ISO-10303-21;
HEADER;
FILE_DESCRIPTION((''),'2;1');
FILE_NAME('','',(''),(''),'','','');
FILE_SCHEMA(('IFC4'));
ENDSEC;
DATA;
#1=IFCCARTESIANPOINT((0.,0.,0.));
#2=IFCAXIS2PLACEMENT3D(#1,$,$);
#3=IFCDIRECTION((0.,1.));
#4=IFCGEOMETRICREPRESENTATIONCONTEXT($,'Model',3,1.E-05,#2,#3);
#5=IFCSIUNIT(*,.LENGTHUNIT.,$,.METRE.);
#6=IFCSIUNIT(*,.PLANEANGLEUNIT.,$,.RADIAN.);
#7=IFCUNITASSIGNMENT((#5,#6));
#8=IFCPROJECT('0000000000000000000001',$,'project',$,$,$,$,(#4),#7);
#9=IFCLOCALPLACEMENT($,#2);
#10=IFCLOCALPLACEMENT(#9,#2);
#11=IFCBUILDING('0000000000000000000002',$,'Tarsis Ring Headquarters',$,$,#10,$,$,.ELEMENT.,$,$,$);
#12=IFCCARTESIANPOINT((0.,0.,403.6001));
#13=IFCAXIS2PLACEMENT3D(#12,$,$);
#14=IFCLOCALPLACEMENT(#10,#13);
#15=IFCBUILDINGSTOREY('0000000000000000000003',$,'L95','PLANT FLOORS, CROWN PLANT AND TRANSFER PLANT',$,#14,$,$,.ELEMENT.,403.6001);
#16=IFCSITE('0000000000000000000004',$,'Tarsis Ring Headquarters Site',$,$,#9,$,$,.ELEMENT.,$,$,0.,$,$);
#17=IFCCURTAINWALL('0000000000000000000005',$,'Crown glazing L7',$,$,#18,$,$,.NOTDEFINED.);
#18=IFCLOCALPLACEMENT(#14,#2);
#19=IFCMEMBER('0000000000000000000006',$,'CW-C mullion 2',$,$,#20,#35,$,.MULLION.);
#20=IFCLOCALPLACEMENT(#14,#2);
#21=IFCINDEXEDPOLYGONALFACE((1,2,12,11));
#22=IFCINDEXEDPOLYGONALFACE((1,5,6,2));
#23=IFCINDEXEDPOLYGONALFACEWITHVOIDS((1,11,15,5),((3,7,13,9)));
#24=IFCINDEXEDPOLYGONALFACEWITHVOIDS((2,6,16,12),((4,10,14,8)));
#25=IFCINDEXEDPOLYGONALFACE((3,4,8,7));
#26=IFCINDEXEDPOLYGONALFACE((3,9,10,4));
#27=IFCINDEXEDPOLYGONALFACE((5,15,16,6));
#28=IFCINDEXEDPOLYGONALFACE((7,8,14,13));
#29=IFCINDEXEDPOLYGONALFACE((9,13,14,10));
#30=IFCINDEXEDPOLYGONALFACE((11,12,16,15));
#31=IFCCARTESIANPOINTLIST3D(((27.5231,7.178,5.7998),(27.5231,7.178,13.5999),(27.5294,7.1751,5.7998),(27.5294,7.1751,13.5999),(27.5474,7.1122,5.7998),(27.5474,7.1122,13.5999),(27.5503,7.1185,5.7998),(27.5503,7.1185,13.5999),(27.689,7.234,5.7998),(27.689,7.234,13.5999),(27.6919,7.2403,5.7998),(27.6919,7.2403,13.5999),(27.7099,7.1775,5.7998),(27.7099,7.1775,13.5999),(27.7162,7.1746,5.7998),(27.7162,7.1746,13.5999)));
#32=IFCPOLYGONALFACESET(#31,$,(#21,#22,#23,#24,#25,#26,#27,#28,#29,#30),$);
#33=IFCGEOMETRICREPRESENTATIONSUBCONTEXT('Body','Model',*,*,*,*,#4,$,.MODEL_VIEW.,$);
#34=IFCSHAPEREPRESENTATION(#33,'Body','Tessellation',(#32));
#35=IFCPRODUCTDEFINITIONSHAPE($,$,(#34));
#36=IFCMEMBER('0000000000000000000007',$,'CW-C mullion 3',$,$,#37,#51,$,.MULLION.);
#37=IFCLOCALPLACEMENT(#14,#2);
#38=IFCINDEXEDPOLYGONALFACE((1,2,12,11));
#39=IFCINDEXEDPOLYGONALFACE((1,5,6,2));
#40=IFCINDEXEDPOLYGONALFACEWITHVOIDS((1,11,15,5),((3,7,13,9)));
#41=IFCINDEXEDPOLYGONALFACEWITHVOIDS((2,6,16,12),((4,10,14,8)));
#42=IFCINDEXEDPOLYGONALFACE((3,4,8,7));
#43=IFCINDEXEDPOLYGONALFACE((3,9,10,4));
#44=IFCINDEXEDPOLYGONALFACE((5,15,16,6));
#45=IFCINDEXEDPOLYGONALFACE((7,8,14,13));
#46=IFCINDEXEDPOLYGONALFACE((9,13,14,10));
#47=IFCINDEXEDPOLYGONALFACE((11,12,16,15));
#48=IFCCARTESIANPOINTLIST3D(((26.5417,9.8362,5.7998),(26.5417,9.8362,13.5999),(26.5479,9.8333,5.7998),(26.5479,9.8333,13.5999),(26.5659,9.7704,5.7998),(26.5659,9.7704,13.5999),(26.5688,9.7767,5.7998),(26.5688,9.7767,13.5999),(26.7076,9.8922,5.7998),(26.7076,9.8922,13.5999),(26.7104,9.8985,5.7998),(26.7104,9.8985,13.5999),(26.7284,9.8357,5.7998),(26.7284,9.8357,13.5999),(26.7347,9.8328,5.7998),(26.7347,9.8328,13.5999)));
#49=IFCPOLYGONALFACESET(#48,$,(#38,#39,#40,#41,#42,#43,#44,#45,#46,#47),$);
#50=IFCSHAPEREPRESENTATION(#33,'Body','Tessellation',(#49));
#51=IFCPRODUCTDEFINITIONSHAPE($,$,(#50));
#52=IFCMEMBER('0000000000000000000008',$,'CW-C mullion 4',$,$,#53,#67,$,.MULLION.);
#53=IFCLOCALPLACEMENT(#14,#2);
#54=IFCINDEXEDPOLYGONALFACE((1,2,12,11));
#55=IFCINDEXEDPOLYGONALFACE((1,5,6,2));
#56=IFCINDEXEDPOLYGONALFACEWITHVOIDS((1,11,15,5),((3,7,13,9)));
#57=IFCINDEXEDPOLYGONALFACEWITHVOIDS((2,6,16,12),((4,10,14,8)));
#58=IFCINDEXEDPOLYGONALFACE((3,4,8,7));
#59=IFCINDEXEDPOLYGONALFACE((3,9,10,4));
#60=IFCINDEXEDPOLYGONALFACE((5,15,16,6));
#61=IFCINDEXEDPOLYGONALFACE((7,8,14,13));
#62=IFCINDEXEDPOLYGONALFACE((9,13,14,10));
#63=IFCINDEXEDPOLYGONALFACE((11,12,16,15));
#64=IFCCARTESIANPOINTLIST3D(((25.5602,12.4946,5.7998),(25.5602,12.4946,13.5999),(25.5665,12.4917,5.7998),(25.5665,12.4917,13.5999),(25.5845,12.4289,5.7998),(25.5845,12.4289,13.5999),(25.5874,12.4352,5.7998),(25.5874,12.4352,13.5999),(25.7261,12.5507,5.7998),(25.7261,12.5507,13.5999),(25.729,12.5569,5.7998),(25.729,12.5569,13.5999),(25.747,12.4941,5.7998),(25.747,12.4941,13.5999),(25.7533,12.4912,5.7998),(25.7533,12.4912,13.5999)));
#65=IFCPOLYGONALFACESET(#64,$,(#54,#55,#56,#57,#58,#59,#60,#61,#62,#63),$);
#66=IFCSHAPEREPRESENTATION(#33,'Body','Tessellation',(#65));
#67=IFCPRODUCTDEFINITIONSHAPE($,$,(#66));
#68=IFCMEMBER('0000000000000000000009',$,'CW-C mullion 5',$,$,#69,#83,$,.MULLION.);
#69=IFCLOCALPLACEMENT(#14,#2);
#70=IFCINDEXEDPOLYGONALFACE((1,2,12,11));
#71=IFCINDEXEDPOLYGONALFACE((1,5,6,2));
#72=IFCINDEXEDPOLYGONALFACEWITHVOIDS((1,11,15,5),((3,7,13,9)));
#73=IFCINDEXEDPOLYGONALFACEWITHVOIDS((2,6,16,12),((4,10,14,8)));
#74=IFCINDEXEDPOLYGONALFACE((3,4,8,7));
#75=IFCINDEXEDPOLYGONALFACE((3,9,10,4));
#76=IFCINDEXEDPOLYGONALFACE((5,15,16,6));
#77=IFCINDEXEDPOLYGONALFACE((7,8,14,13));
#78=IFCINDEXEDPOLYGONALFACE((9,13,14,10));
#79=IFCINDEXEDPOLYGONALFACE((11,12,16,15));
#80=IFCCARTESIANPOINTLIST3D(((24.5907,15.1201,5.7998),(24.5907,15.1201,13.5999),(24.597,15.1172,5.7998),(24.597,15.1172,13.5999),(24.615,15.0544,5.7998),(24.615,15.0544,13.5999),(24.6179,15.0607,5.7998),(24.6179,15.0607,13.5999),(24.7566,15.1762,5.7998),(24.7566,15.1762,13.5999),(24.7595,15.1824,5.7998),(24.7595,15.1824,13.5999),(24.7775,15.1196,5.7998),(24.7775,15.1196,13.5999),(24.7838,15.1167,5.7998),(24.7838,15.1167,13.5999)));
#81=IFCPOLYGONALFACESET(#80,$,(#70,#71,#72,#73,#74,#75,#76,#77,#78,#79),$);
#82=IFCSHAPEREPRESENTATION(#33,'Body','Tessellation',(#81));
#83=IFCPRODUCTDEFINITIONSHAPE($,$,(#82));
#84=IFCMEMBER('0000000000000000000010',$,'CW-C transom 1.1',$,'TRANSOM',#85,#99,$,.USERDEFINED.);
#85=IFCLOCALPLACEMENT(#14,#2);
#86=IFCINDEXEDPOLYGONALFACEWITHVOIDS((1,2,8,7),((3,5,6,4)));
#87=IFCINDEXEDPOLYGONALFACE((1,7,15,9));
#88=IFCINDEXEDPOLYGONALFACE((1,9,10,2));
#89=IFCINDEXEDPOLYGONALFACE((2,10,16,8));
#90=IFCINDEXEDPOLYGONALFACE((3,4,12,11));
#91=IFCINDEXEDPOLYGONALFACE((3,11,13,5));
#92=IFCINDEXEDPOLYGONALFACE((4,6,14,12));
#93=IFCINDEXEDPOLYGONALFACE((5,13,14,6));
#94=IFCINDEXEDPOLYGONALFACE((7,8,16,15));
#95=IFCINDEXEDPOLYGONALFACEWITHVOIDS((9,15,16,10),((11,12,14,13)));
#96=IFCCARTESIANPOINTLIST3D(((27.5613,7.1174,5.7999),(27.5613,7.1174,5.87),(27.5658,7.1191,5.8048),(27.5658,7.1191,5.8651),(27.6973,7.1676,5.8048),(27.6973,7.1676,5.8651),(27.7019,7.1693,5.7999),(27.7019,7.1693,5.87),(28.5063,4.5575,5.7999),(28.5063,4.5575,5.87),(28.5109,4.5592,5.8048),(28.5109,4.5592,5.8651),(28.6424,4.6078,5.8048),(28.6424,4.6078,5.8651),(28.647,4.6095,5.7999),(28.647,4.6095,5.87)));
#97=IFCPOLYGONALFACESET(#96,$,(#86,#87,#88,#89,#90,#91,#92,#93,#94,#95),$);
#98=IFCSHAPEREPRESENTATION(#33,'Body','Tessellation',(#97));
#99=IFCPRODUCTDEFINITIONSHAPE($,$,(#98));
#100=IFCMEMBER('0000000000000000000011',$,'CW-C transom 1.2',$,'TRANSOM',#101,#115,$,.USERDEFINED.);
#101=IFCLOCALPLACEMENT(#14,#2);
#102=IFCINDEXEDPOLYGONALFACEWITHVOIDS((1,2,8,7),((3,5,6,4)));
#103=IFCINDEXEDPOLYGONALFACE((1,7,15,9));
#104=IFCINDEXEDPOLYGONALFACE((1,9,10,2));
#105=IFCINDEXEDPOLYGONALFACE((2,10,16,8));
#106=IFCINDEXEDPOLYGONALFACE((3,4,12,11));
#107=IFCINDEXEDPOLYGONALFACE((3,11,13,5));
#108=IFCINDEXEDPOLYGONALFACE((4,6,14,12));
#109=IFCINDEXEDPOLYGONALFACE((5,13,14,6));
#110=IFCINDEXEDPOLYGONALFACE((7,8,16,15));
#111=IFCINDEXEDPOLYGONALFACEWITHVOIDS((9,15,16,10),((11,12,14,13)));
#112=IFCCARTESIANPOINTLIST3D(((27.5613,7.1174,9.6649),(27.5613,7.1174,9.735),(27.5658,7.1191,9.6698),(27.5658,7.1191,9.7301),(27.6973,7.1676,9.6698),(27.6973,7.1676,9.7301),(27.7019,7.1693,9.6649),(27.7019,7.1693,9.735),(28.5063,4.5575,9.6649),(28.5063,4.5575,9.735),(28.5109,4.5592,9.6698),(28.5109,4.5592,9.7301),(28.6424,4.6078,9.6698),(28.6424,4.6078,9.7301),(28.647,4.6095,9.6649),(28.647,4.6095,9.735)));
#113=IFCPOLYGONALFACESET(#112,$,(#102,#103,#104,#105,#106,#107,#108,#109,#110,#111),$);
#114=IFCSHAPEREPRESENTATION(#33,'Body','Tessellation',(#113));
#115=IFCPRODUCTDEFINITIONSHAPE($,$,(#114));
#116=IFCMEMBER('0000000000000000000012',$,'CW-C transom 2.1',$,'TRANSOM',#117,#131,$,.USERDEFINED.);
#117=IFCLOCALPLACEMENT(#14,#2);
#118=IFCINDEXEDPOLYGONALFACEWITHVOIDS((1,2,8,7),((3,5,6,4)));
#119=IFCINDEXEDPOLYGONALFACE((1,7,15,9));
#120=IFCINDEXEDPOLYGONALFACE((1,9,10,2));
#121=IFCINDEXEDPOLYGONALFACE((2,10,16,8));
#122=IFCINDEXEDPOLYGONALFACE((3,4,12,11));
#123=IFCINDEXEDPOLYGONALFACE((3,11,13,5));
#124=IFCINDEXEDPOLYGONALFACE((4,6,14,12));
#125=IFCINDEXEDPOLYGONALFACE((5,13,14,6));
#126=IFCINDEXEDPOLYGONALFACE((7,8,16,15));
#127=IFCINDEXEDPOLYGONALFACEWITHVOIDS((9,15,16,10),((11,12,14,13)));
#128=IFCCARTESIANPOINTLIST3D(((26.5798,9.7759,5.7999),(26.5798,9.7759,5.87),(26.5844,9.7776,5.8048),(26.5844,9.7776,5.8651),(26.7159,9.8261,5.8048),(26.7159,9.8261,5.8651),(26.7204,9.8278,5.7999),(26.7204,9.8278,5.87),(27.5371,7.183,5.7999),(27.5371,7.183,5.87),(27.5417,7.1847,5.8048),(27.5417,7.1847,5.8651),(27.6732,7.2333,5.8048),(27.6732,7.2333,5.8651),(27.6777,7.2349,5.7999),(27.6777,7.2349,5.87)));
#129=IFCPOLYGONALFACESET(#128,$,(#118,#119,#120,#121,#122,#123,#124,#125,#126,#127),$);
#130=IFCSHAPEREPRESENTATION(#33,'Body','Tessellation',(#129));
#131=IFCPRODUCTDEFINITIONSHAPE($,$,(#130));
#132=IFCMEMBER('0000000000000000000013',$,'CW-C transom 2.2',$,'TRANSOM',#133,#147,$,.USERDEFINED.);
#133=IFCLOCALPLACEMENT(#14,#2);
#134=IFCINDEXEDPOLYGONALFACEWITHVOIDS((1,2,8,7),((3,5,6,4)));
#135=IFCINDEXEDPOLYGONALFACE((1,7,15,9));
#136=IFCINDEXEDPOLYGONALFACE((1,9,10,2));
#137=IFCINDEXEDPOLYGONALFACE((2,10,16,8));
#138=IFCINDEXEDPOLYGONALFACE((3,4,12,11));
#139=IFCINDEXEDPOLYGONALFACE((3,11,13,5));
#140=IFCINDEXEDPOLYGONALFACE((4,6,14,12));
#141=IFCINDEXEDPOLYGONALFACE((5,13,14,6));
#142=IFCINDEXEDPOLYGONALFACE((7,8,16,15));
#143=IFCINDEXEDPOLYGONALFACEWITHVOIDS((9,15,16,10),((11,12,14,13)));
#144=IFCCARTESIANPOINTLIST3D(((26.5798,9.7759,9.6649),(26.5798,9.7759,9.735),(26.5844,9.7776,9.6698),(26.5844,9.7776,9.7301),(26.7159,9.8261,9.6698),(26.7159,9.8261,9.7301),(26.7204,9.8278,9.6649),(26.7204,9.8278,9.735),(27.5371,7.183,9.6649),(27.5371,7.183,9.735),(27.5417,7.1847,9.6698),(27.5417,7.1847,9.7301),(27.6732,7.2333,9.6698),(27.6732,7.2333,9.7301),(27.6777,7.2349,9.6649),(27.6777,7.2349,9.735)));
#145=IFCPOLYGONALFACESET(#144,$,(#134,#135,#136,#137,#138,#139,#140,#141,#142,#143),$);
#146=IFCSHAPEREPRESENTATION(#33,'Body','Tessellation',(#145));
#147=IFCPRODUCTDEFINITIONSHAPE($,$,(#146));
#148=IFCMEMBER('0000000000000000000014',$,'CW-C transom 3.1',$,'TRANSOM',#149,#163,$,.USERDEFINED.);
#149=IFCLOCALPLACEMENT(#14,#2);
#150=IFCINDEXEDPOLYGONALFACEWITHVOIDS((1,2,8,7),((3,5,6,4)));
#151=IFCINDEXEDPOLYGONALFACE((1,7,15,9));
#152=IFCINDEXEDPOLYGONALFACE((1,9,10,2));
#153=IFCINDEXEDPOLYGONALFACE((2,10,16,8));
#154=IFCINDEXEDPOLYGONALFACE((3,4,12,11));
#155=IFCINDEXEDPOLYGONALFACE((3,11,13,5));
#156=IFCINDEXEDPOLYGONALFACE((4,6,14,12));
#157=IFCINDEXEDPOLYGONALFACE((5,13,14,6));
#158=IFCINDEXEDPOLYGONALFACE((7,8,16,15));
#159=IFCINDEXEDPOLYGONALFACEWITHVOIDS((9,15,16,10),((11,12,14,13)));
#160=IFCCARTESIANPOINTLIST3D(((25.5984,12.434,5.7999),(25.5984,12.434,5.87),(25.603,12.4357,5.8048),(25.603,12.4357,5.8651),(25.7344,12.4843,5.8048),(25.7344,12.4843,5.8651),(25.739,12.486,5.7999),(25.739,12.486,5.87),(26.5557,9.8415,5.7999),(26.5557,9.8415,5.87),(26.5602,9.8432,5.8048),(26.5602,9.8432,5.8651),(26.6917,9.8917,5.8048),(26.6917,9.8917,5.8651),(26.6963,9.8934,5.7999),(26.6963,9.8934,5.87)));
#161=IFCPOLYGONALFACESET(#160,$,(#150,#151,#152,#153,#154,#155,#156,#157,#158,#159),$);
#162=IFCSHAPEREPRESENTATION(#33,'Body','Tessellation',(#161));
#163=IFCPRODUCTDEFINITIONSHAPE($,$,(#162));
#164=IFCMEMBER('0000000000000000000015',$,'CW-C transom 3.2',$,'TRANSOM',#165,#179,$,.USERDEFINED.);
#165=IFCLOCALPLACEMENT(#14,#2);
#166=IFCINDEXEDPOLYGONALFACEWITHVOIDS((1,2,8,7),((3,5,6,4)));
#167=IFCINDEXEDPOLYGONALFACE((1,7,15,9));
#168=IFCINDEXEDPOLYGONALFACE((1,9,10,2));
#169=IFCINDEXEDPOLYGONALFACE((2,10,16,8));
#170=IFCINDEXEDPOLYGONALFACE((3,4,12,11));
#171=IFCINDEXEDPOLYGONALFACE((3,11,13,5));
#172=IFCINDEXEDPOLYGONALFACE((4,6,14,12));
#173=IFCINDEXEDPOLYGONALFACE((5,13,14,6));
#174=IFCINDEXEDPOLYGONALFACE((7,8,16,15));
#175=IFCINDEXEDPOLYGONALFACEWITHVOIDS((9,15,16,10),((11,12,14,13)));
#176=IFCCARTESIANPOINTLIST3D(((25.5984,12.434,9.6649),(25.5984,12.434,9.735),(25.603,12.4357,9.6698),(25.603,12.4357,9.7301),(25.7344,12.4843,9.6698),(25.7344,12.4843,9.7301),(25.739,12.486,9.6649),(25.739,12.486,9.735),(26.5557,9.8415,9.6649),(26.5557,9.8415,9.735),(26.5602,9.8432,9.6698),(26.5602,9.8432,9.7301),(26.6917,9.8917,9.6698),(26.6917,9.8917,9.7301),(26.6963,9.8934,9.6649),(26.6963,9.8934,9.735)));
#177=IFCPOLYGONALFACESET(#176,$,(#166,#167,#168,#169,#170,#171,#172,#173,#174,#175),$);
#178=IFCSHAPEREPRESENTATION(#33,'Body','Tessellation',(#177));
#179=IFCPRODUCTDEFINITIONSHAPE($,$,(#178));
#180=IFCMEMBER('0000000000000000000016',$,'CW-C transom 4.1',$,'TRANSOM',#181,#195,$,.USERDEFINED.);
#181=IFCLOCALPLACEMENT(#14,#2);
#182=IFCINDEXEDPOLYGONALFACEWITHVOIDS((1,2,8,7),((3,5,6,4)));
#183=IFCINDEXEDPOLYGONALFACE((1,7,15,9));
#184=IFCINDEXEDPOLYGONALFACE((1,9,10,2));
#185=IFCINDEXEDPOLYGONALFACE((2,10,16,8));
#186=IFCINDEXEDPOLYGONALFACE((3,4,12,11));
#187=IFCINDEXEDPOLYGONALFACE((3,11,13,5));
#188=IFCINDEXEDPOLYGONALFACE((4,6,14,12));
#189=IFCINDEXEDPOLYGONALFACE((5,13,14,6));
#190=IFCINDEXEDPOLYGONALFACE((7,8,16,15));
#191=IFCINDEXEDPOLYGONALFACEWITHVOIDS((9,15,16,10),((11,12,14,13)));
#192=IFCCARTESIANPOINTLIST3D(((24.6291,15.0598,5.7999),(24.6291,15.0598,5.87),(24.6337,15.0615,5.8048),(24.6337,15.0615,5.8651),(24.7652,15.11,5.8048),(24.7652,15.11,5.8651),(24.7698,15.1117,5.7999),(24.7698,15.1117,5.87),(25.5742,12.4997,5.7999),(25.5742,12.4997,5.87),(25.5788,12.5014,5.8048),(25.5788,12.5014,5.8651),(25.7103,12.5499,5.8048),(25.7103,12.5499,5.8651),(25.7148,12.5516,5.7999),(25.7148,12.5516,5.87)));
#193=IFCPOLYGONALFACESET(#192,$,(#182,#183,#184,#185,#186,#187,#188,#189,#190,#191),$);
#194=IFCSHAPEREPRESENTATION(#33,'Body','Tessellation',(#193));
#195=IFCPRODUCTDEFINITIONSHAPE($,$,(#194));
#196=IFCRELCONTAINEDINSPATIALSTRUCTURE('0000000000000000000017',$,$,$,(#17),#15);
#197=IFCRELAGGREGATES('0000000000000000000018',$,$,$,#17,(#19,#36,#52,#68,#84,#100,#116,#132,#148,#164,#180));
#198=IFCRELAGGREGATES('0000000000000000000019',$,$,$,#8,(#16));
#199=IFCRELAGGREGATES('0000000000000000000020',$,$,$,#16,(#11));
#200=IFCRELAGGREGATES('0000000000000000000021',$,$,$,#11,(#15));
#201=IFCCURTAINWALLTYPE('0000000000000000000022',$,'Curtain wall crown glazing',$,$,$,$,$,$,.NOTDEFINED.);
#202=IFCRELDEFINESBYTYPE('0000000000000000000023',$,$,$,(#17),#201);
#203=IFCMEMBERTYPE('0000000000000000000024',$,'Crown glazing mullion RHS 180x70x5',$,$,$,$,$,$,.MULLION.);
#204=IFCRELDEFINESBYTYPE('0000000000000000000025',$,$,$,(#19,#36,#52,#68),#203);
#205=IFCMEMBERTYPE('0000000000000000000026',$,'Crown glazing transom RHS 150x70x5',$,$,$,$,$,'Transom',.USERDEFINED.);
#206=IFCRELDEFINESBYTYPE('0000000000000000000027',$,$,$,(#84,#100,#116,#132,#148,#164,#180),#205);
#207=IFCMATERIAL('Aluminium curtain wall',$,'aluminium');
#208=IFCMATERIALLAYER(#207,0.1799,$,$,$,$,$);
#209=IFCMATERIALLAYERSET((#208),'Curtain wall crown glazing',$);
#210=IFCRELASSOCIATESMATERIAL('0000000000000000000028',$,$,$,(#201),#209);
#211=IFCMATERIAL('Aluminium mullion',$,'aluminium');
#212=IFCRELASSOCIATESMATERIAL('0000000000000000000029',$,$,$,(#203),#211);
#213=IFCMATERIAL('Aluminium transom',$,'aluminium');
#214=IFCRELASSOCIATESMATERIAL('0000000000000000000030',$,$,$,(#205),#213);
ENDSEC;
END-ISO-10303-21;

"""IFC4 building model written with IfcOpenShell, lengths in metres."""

from ifc_helpers import new_model, si_unit, direction, frame, origin, origin_2d, place, context, subcontext, project, spatial, hollow_rectangle, extrude, material, layer, layer_set, material_profile, profile_set, type_object, element, aggregate, save


model = new_model("IFC4")

# Units and contexts
model_context = context("Model", 3, precision=1e-05, world=origin(), true_north=direction((0.0, 1.0)))
body_context = subcontext(model_context, "Body", "Model", "MODEL_VIEW")
ifc_project = project(units=[si_unit("LENGTHUNIT", "METRE"), si_unit("PLANEANGLEUNIT", "RADIAN")], contexts=[model_context])

# Site, building, storey
site_placement = place(None, origin())
site = spatial("IfcSite", under=ifc_project, at=site_placement, Name="Tarsis Ring Headquarters Site", CompositionType="ELEMENT", RefElevation=0.0)
building_placement = place(site_placement, origin())
building = spatial("IfcBuilding", under=site, at=building_placement, Name="Tarsis Ring Headquarters", CompositionType="ELEMENT")
storey_placement = place(building_placement, frame((0.0, 0.0, 403.6001)))
storey = spatial("IfcBuildingStorey", under=building, at=storey_placement, Name="L95", Description="PLANT FLOORS, CROWN PLANT AND TRANSFER PLANT", CompositionType="ELEMENT", Elevation=403.6001)

# Curtain wall, members
ifc_material_1 = material(Name="Aluminium curtain wall", Category="aluminium")
ifc_layer_1 = layer(ifc_material_1, 0.1799)
ifc_layer_set_1 = layer_set([ifc_layer_1], Name="Curtain wall crown glazing")
curtain_wall_type = type_object("IfcCurtainWallType", Name="Curtain wall crown glazing", PredefinedType="NOTDEFINED", material=ifc_layer_set_1)
curtain_wall_placement = place(storey_placement, origin())
curtain_wall = element("IfcCurtainWall", 1, at=curtain_wall_placement, inside=storey, type_object=curtain_wall_type, Name="Crown glazing L7", PredefinedType="NOTDEFINED")
ifc_material_2 = material(Name="Aluminium mullion", Category="aluminium")
ifc_material_profile_1 = material_profile(ifc_material_2, hollow_rectangle(XDim=0.1799, YDim=0.0701, WallThickness=0.0049, at=origin_2d()), Name="RHS 180x70x5")
ifc_profile_set_1 = profile_set([ifc_material_profile_1], Name="Aluminium mullion")
member_type_1 = type_object("IfcMemberType", Name="Crown glazing mullion RHS 180x70x5", PredefinedType="MULLION", material=ifc_profile_set_1)
member_1_placement = place(storey_placement, frame((27.6196, 7.1763, 5.7998), z_axis=(0.0, 0.0, 1.0), x_axis=(-0.938108, -0.346342, 0.0)))
member_1 = element("IfcMember", 2, at=member_1_placement, type_object=member_type_1, Name="CW-C mullion 2", PredefinedType="MULLION", context=body_context, shape_type="SweptSolid", body=[
    extrude(hollow_rectangle(XDim=0.1799, YDim=0.0701, WallThickness=0.0049, at=origin_2d()), origin(), (0.0, 0.0, 1.0), 7.8),
])
member_2_placement = place(storey_placement, frame((26.6382, 9.8345, 5.7998), z_axis=(0.0, 0.0, 1.0), x_axis=(-0.938108, -0.346342, 0.0)))
member_2 = element("IfcMember", 3, at=member_2_placement, type_object=member_type_1, Name="CW-C mullion 3", PredefinedType="MULLION", context=body_context, shape_type="SweptSolid", body=[
    extrude(hollow_rectangle(XDim=0.1799, YDim=0.0701, WallThickness=0.0049, at=origin_2d()), origin(), (0.0, 0.0, 1.0), 7.8),
])
member_3_placement = place(storey_placement, frame((25.6567, 12.4929, 5.7998), z_axis=(0.0, 0.0, 1.0), x_axis=(-0.938108, -0.346342, 0.0)))
member_3 = element("IfcMember", 4, at=member_3_placement, type_object=member_type_1, Name="CW-C mullion 4", PredefinedType="MULLION", context=body_context, shape_type="SweptSolid", body=[
    extrude(hollow_rectangle(XDim=0.1799, YDim=0.0701, WallThickness=0.0049, at=origin_2d()), origin(), (0.0, 0.0, 1.0), 7.8),
])
member_4_placement = place(storey_placement, frame((24.6873, 15.1184, 5.7998), z_axis=(0.0, 0.0, 1.0), x_axis=(-0.938108, -0.346342, 0.0)))
member_4 = element("IfcMember", 5, at=member_4_placement, type_object=member_type_1, Name="CW-C mullion 5", PredefinedType="MULLION", context=body_context, shape_type="SweptSolid", body=[
    extrude(hollow_rectangle(XDim=0.1799, YDim=0.0701, WallThickness=0.0049, at=origin_2d()), origin(), (0.0, 0.0, 1.0), 7.8),
])
ifc_material_3 = material(Name="Aluminium transom", Category="aluminium")
ifc_material_profile_2 = material_profile(ifc_material_3, hollow_rectangle(XDim=0.1499, YDim=0.0701, WallThickness=0.0049, at=origin_2d()), Name="RHS 150x70x5")
ifc_profile_set_2 = profile_set([ifc_material_profile_2], Name="Aluminium transom")
member_type_2 = type_object("IfcMemberType", Name="Crown glazing transom RHS 150x70x5", ElementType="Transom", PredefinedType="USERDEFINED", material=ifc_profile_set_2)
member_5_placement = place(storey_placement, frame((28.5767, 4.5835, 5.835), z_axis=(-0.346344, 0.938108, 0.0), x_axis=(-0.938108, -0.346344, 0.0)))
member_5 = element("IfcMember", 6, at=member_5_placement, type_object=member_type_2, Name="CW-C transom 1.1", ObjectType="TRANSOM", PredefinedType="USERDEFINED", context=body_context, shape_type="SweptSolid", body=[
    extrude(hollow_rectangle(XDim=0.1499, YDim=0.0701, WallThickness=0.0049, at=origin_2d()), origin(), (0.0, 0.0, 1.0), 2.7288),
])
member_6_placement = place(storey_placement, frame((28.5767, 4.5835, 9.7), z_axis=(-0.346344, 0.938108, 0.0), x_axis=(-0.938108, -0.346344, 0.0)))
member_6 = element("IfcMember", 7, at=member_6_placement, type_object=member_type_2, Name="CW-C transom 1.2", ObjectType="TRANSOM", PredefinedType="USERDEFINED", context=body_context, shape_type="SweptSolid", body=[
    extrude(hollow_rectangle(XDim=0.1499, YDim=0.0701, WallThickness=0.0049, at=origin_2d()), origin(), (0.0, 0.0, 1.0), 2.7288),
])
member_7_placement = place(storey_placement, frame((27.6074, 7.209, 5.835), z_axis=(-0.346356, 0.938103, 0.0), x_axis=(-0.938103, -0.346356, 0.0)))
member_7 = element("IfcMember", 8, at=member_7_placement, type_object=member_type_2, Name="CW-C transom 2.1", ObjectType="TRANSOM", PredefinedType="USERDEFINED", context=body_context, shape_type="SweptSolid", body=[
    extrude(hollow_rectangle(XDim=0.1499, YDim=0.0701, WallThickness=0.0049, at=origin_2d()), origin(), (0.0, 0.0, 1.0), 2.7639),
])
member_8_placement = place(storey_placement, frame((27.6074, 7.209, 9.7), z_axis=(-0.346356, 0.938103, 0.0), x_axis=(-0.938103, -0.346356, 0.0)))
member_8 = element("IfcMember", 9, at=member_8_placement, type_object=member_type_2, Name="CW-C transom 2.2", ObjectType="TRANSOM", PredefinedType="USERDEFINED", context=body_context, shape_type="SweptSolid", body=[
    extrude(hollow_rectangle(XDim=0.1499, YDim=0.0701, WallThickness=0.0049, at=origin_2d()), origin(), (0.0, 0.0, 1.0), 2.7639),
])
member_9_placement = place(storey_placement, frame((26.626, 9.8674, 5.835), z_axis=(-0.346385, 0.938092, 0.0), x_axis=(-0.938092, -0.346385, 0.0)))
member_9 = element("IfcMember", 10, at=member_9_placement, type_object=member_type_2, Name="CW-C transom 3.1", ObjectType="TRANSOM", PredefinedType="USERDEFINED", context=body_context, shape_type="SweptSolid", body=[
    extrude(hollow_rectangle(XDim=0.1499, YDim=0.0701, WallThickness=0.0049, at=origin_2d()), origin(), (0.0, 0.0, 1.0), 2.7637),
])
member_10_placement = place(storey_placement, frame((26.626, 9.8674, 9.7), z_axis=(-0.346385, 0.938092, 0.0), x_axis=(-0.938092, -0.346385, 0.0)))
member_10 = element("IfcMember", 11, at=member_10_placement, type_object=member_type_2, Name="CW-C transom 3.2", ObjectType="TRANSOM", PredefinedType="USERDEFINED", context=body_context, shape_type="SweptSolid", body=[
    extrude(hollow_rectangle(XDim=0.1499, YDim=0.0701, WallThickness=0.0049, at=origin_2d()), origin(), (0.0, 0.0, 1.0), 2.7637),
])
member_11_placement = place(storey_placement, frame((25.6445, 12.5256, 5.835), z_axis=(-0.346315, 0.938118, 0.0), x_axis=(-0.938118, -0.346315, 0.0)))
member_11 = element("IfcMember", 12, at=member_11_placement, type_object=member_type_2, Name="CW-C transom 4.1", ObjectType="TRANSOM", PredefinedType="USERDEFINED", context=body_context, shape_type="SweptSolid", body=[
    extrude(hollow_rectangle(XDim=0.1499, YDim=0.0701, WallThickness=0.0049, at=origin_2d()), origin(), (0.0, 0.0, 1.0), 2.729),
])

aggregate(curtain_wall, [member_1, member_2, member_3, member_4, member_5, member_6, member_7, member_8, member_9, member_10, member_11])

save(model, "model.ifc")
